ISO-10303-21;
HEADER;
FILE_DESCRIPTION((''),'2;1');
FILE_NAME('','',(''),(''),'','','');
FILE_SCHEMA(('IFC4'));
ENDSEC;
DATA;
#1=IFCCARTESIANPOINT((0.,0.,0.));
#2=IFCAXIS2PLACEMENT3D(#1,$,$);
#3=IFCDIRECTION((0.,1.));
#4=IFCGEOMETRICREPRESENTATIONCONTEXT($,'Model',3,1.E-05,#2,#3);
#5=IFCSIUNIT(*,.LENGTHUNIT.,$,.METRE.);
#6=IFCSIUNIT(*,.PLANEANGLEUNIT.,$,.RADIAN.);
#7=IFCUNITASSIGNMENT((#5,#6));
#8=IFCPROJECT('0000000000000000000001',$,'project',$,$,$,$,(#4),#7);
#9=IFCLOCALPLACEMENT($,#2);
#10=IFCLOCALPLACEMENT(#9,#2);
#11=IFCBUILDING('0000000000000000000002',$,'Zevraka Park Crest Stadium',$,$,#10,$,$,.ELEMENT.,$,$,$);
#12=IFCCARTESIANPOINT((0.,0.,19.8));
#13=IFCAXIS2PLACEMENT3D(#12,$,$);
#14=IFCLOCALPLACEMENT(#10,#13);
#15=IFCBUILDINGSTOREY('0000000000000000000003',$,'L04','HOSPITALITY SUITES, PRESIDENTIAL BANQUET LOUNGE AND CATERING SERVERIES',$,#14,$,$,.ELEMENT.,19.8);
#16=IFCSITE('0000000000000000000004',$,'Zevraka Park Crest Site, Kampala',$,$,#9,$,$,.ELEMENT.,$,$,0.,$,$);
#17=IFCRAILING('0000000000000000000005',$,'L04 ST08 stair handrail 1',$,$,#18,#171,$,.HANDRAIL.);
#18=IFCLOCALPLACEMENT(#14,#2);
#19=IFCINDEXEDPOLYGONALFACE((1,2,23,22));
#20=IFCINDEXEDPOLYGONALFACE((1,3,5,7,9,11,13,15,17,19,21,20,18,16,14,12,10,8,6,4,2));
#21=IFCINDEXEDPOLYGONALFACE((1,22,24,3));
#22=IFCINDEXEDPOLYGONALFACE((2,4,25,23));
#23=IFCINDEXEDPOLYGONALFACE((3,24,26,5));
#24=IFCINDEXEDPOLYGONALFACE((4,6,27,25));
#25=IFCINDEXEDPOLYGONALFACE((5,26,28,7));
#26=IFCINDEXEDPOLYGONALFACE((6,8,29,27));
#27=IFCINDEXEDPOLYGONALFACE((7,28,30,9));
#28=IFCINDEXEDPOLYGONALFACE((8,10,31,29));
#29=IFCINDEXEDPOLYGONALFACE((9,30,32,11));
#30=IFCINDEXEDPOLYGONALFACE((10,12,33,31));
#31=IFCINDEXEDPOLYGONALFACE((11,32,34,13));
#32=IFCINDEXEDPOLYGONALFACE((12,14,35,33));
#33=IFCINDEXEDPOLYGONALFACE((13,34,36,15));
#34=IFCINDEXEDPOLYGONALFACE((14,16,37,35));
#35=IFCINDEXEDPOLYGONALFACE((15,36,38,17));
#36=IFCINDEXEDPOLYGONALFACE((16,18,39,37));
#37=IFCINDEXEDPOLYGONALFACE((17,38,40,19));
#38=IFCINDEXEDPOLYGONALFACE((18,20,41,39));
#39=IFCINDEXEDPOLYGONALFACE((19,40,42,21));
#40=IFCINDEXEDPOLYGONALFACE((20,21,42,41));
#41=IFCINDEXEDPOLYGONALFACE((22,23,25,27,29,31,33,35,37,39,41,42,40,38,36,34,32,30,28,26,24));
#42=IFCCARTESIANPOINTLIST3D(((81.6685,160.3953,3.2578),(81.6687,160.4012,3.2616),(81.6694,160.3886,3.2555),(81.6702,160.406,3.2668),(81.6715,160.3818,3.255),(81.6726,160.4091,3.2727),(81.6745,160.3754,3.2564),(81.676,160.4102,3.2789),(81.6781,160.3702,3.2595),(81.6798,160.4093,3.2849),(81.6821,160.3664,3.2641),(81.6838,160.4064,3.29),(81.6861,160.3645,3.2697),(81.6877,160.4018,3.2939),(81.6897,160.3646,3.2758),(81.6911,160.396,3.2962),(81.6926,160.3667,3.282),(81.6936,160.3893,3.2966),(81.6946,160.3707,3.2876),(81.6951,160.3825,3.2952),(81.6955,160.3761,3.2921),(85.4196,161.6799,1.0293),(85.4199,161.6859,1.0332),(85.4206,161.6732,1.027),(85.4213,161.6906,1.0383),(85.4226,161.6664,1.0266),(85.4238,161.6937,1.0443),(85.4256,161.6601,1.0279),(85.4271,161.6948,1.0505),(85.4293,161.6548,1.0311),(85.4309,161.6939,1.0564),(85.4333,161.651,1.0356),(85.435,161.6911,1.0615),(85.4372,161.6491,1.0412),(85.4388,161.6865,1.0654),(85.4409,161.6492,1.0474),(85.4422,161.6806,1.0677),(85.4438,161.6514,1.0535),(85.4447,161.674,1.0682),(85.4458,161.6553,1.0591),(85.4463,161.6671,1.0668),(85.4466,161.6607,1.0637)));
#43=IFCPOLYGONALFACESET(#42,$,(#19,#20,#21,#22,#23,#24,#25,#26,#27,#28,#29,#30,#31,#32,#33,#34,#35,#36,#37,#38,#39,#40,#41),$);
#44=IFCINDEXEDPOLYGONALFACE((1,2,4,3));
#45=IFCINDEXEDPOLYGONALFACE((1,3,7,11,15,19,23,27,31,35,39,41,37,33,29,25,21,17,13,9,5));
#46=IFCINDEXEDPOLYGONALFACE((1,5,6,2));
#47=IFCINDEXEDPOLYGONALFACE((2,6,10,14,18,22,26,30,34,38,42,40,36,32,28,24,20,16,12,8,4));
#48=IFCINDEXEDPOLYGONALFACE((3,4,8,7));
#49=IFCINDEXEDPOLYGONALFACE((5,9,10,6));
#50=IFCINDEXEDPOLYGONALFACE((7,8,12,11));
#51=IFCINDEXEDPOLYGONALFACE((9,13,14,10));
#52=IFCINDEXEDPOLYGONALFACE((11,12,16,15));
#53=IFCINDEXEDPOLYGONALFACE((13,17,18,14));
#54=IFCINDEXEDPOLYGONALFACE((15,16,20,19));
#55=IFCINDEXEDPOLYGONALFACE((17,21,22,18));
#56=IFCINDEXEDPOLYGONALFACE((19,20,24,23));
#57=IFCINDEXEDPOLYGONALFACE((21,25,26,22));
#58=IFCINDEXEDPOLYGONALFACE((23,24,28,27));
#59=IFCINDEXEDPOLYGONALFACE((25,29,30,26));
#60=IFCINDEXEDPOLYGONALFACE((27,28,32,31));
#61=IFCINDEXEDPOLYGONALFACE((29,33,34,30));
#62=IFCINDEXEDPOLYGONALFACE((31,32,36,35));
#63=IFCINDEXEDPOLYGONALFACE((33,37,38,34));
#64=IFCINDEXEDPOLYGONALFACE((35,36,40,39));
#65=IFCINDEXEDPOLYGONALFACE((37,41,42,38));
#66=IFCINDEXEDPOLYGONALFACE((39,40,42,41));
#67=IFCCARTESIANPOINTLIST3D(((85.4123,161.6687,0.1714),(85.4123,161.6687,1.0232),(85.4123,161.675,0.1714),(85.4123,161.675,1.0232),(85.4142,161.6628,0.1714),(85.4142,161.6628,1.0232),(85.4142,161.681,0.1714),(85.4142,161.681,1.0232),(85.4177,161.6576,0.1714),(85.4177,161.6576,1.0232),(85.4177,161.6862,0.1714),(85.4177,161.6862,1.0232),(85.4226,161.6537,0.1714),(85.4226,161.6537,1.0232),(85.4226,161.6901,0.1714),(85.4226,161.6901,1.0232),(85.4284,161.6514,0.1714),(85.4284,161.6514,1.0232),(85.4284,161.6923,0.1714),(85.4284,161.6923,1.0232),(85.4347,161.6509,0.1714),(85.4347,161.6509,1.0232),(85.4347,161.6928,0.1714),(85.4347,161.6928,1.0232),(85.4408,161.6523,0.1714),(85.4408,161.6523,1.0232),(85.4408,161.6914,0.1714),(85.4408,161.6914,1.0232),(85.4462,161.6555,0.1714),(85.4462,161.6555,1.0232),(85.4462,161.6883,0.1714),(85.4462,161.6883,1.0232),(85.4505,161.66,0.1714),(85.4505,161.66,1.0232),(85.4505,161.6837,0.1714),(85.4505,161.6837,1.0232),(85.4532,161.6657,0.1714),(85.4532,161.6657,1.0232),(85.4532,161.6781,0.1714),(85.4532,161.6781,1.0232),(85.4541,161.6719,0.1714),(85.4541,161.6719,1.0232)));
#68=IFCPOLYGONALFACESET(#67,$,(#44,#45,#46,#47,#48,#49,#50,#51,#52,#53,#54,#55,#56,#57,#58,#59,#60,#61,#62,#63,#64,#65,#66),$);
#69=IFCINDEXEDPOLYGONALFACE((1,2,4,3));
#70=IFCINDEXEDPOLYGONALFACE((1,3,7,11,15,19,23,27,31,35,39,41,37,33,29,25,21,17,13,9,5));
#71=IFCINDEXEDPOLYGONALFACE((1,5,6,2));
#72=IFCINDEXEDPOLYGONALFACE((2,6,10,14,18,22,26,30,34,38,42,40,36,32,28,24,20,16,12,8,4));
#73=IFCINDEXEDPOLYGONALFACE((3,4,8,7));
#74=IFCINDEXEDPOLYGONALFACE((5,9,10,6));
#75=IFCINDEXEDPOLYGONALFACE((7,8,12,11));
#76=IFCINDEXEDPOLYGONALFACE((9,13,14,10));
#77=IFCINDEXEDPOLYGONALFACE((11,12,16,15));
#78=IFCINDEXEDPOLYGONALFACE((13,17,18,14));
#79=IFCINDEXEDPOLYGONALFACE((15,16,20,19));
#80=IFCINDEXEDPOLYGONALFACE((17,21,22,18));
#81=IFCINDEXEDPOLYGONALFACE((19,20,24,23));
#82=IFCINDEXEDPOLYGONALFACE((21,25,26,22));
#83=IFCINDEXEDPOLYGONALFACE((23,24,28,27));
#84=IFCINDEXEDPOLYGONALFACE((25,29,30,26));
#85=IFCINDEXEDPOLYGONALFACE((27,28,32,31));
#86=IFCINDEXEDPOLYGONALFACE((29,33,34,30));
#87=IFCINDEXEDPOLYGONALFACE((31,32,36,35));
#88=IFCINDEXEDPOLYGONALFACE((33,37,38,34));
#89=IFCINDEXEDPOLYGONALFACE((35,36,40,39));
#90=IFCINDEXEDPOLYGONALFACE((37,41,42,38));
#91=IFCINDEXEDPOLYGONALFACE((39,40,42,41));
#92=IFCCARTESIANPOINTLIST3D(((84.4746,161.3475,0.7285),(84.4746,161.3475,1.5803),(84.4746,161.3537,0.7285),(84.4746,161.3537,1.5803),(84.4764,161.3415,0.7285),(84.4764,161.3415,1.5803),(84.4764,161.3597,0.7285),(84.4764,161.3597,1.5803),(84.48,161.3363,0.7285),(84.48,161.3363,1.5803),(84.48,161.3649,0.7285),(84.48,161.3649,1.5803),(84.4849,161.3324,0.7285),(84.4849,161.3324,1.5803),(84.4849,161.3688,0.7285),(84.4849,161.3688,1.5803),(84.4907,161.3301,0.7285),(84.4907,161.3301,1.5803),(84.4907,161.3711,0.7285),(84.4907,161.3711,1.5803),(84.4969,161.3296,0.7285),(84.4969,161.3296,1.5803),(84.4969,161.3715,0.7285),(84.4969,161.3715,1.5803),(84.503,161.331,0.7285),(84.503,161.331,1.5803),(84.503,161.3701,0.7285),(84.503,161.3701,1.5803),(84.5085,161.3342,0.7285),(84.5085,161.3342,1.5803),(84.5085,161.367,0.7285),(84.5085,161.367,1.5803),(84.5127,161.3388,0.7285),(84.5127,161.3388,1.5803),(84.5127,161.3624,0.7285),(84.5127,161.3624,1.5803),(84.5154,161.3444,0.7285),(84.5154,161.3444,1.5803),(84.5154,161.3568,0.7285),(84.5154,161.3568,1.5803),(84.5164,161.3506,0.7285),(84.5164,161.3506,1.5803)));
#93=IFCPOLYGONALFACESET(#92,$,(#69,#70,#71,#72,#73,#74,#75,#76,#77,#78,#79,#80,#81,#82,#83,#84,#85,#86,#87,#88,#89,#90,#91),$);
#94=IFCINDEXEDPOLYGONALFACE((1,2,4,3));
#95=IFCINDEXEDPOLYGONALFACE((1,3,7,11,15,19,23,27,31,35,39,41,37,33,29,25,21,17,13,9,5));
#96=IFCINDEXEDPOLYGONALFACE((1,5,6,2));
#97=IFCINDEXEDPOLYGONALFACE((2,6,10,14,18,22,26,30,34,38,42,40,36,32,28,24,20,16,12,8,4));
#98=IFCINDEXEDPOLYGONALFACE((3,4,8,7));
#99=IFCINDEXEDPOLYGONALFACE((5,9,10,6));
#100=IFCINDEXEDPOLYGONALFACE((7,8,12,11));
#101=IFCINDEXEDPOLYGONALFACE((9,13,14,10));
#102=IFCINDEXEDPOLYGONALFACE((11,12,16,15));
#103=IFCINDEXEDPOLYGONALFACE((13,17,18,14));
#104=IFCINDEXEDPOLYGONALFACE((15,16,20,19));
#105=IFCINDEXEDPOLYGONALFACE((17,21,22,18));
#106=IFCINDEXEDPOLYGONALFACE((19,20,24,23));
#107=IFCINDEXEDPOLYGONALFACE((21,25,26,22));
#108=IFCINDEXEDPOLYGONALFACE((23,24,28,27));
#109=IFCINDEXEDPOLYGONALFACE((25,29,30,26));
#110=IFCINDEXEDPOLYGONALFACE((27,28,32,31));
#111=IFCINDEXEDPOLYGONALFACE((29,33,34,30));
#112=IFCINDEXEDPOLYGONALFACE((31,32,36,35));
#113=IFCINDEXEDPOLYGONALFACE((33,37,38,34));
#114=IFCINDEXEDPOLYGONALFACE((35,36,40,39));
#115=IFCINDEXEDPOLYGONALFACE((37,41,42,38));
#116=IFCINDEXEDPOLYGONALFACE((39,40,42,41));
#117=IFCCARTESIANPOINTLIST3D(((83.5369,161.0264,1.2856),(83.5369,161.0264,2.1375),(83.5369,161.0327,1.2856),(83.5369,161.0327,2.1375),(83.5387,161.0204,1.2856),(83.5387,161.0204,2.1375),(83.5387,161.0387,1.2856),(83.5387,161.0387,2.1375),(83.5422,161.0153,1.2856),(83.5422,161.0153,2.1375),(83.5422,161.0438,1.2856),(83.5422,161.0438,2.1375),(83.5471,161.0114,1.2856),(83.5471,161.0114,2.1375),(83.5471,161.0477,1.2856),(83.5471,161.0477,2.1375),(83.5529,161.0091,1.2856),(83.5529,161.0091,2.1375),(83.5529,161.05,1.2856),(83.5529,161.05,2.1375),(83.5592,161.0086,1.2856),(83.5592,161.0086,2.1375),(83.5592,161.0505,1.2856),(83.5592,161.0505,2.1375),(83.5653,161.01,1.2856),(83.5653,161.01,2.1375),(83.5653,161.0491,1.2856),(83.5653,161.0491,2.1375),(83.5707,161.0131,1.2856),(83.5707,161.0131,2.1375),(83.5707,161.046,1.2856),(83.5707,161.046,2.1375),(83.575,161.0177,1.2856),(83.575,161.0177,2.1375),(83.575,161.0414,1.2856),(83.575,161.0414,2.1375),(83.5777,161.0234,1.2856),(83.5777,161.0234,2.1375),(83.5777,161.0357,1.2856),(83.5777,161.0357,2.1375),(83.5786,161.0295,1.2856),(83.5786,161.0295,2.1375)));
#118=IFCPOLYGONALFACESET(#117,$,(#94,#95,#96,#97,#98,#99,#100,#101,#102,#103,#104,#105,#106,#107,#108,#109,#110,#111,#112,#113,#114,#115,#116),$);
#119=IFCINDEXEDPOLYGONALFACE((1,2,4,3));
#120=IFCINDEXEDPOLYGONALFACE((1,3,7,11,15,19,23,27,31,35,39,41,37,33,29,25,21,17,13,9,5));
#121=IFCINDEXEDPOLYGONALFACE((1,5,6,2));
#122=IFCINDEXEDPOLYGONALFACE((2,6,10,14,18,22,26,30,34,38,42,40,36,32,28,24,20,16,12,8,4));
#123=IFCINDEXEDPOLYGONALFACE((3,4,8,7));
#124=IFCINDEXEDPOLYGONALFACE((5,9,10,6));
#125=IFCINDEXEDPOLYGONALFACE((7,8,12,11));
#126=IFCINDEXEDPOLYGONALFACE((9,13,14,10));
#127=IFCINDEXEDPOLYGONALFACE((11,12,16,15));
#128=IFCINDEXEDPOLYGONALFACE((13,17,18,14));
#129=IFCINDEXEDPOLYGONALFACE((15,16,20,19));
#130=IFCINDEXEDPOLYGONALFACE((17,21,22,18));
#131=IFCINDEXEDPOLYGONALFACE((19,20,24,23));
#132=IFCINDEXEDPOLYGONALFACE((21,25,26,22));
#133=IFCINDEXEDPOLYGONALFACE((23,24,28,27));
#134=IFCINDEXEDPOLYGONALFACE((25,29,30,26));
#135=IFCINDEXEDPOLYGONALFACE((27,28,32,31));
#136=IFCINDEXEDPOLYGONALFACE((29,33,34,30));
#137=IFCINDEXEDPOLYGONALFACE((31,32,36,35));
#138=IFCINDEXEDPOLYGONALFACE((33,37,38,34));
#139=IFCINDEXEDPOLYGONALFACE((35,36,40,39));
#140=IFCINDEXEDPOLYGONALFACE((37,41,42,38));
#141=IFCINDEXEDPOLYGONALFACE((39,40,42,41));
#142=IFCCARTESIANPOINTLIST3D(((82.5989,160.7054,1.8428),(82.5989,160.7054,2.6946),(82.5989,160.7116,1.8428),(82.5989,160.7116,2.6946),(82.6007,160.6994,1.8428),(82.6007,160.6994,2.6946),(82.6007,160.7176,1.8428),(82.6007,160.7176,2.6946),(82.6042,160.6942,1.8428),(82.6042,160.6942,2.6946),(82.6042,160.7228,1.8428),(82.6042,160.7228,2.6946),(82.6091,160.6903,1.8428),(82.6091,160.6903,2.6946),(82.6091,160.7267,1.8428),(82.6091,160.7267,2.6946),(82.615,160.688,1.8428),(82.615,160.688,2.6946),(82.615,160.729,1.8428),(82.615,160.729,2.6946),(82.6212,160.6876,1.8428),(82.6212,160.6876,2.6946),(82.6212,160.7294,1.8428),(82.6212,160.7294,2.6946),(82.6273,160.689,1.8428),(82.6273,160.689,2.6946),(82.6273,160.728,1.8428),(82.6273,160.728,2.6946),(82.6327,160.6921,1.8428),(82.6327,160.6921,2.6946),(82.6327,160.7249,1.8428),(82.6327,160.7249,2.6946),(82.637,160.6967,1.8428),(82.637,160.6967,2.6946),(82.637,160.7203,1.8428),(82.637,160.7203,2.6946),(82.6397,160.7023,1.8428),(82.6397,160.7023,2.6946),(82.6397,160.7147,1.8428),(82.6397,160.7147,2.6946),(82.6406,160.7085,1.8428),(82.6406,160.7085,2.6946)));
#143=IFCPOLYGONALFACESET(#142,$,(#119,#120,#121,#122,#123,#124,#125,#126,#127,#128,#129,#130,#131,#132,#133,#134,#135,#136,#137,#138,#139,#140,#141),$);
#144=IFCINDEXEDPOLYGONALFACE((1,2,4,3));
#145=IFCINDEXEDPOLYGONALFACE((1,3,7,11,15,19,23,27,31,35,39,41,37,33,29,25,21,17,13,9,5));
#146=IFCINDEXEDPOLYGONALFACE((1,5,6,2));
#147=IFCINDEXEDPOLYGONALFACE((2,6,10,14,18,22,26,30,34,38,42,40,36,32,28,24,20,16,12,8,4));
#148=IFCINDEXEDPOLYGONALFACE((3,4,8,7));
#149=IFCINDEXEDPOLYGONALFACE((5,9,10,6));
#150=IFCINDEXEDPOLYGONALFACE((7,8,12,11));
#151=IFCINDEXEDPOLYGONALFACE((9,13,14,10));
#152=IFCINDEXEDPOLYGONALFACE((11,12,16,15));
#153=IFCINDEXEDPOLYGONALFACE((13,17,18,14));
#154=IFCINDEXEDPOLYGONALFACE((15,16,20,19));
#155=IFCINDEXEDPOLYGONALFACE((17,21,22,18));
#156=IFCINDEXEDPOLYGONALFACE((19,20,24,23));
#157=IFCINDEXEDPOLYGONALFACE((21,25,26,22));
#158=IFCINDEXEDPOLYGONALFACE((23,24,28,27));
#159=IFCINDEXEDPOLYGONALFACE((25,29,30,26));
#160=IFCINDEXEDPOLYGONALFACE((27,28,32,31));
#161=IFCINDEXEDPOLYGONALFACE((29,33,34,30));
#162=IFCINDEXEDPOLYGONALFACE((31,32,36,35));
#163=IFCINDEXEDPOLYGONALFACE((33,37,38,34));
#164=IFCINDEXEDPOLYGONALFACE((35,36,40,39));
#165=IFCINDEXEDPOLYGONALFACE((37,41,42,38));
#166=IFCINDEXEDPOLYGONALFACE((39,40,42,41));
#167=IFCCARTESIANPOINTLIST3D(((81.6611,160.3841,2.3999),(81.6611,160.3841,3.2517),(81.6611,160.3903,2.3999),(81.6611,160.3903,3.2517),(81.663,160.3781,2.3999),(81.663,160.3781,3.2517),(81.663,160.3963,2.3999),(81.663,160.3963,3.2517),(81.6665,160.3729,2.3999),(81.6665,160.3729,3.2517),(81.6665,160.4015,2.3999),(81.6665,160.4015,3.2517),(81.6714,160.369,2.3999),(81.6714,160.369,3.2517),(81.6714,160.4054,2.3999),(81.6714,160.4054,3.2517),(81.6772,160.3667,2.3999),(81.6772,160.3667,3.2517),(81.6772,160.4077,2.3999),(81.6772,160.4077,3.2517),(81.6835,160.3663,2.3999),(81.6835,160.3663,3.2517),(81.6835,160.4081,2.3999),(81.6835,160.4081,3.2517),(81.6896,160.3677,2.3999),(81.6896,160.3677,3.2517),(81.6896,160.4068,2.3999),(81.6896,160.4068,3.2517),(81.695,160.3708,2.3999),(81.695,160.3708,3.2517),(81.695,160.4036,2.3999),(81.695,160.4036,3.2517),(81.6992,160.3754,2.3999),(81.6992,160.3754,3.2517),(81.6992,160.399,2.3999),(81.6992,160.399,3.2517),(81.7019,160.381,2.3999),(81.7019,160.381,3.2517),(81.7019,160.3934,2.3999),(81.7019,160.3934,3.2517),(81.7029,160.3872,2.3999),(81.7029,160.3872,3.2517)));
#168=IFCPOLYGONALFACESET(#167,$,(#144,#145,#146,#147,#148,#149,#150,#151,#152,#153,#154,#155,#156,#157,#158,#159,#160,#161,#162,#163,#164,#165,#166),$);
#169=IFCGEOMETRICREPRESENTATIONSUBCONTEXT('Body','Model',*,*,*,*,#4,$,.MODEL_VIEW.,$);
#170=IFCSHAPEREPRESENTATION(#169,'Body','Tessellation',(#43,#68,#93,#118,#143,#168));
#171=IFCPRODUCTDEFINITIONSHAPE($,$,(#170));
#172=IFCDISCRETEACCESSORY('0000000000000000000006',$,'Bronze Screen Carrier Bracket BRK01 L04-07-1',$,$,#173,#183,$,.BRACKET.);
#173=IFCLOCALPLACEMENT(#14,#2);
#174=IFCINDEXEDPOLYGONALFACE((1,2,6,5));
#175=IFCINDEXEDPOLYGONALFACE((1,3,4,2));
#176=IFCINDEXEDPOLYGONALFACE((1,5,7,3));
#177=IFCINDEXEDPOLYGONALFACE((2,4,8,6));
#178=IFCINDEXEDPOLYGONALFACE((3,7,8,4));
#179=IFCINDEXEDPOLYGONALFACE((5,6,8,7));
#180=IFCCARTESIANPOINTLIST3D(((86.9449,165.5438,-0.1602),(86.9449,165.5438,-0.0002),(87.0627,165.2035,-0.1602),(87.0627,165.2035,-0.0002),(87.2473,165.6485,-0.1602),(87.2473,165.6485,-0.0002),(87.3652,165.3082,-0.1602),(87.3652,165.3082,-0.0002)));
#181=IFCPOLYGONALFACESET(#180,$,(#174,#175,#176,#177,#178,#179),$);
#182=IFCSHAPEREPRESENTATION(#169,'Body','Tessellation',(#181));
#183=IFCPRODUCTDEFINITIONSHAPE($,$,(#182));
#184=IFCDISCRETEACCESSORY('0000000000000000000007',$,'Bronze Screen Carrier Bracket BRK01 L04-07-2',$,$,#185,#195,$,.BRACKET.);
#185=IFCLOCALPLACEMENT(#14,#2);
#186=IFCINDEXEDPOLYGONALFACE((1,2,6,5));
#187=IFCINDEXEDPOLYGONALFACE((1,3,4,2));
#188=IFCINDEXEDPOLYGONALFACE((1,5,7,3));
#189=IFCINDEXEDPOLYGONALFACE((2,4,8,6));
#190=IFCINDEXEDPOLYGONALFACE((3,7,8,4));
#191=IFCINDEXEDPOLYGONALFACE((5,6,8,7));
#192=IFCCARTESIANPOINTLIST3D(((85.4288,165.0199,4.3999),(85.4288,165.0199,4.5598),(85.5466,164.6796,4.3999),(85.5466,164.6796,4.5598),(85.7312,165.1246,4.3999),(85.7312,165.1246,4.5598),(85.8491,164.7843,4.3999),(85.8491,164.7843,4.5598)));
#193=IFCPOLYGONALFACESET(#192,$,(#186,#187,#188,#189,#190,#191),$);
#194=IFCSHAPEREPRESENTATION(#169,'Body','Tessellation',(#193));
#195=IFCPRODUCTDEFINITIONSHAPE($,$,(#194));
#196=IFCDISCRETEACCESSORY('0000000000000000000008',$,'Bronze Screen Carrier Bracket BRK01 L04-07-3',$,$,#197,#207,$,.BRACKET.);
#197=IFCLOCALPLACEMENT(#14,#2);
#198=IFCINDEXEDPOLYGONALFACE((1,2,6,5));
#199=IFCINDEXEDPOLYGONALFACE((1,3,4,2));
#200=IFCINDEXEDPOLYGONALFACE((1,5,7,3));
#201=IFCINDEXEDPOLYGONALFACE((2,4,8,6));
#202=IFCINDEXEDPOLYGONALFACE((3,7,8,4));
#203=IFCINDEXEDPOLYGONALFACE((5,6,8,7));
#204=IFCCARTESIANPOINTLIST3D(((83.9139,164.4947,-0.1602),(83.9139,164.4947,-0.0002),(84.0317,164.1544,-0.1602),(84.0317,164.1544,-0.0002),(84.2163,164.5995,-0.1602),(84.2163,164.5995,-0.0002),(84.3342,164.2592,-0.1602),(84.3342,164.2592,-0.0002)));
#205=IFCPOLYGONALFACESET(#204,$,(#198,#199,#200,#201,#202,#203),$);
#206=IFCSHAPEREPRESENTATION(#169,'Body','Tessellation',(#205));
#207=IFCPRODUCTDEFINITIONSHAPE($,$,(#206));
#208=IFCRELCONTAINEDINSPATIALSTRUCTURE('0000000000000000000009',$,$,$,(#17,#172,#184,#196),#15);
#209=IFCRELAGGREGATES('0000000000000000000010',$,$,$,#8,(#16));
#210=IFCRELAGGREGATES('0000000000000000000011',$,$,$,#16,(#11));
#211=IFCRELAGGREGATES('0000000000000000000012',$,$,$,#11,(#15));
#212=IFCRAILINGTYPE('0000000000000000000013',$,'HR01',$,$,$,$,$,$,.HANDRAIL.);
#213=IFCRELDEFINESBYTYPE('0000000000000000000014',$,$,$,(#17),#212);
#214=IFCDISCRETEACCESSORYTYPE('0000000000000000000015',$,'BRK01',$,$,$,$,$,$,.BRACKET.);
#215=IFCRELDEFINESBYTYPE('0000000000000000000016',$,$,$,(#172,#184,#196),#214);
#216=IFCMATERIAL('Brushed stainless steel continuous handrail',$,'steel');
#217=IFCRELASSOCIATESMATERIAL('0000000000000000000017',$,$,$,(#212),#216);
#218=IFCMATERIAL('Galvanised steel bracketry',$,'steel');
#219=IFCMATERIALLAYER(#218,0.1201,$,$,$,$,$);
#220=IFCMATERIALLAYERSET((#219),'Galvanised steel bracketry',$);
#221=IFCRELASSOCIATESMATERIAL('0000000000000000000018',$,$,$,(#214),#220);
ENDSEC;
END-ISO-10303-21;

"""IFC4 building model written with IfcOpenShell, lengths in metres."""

from ifc_helpers import new_model, si_unit, direction, frame, origin, origin_2d, place, context, subcontext, project, spatial, rectangle, circle, extrude, material, layer, layer_set, type_object, element, save


model = new_model("IFC4")

# Units and contexts
model_context = context("Model", 3, precision=1e-05, world=origin(), true_north=direction((0.0, 1.0)))
body_context = subcontext(model_context, "Body", "Model", "MODEL_VIEW")
ifc_project = project(units=[si_unit("LENGTHUNIT", "METRE"), si_unit("PLANEANGLEUNIT", "RADIAN")], contexts=[model_context])

# Site, building, storey
site_placement = place(None, origin())
site = spatial("IfcSite", under=ifc_project, at=site_placement, Name="Zevraka Park Crest Site, Kampala", CompositionType="ELEMENT", RefElevation=0.0)
building_placement = place(site_placement, origin())
building = spatial("IfcBuilding", under=site, at=building_placement, Name="Zevraka Park Crest Stadium", CompositionType="ELEMENT")
storey_placement = place(building_placement, frame((0.0, 0.0, 19.8)))
storey = spatial("IfcBuildingStorey", under=building, at=storey_placement, Name="L04", Description="HOSPITALITY SUITES, PRESIDENTIAL BANQUET LOUNGE AND CATERING SERVERIES", CompositionType="ELEMENT", Elevation=19.8)

# Railing
ifc_material_1 = material(Name="Brushed stainless steel continuous handrail", Category="steel")
railing_type = type_object("IfcRailingType", Name="HR01", PredefinedType="HANDRAIL", material=ifc_material_1)
railing_placement = place(storey_placement, frame((85.4331, 161.6719, 0.1714)))
element("IfcRailing", 1, at=railing_placement, inside=storey, type_object=railing_type, Name="L04 ST08 stair handrail 1", PredefinedType="HANDRAIL", context=body_context, shape_type="SweptSolid", body=[
    extrude(circle(Radius=0.0239, at=origin_2d()), frame((0.0, 0.0, 0.876), z_axis=(-0.824727, -0.282441, 0.489952), x_axis=(0.323994, -0.946059, 0.0)), (0.0, 0.0, 1.0), 4.5483),
    extrude(circle(Radius=0.021, at=origin_2d()), origin(), (0.0, 0.0, 1.0), 0.8518),
    extrude(circle(Radius=0.021, at=origin_2d()), frame((-0.9377, -0.3213, 0.5571)), (0.0, 0.0, 1.0), 0.8518),
    extrude(circle(Radius=0.021, at=origin_2d()), frame((-1.8755, -0.6423, 1.1143)), (0.0, 0.0, 1.0), 0.8518),
    extrude(circle(Radius=0.021, at=origin_2d()), frame((-2.8135, -0.9634, 1.6714)), (0.0, 0.0, 1.0), 0.8518),
    extrude(circle(Radius=0.021, at=origin_2d()), frame((-3.7512, -1.2847, 2.2285)), (0.0, 0.0, 1.0), 0.8518),
])

# Discrete accessories
ifc_material_2 = material(Name="Galvanised steel bracketry", Category="steel")
ifc_layer_1 = layer(ifc_material_2, 0.1201)
ifc_layer_set_1 = layer_set([ifc_layer_1], Name="Galvanised steel bracketry")
discrete_accessory_type = type_object("IfcDiscreteAccessoryType", Name="BRK01", PredefinedType="BRACKET", material=ifc_layer_set_1)
for number, where, z_axis, x_axis, name in (
    (2, (87.155, 165.426, -0.1602), (0.0, 0.0, 1.0), (-0.944949, -0.327218, 0.0), "Bronze Screen Carrier Bracket BRK01 L04-07-1"),
    (3, (85.6389, 164.9021, 4.3999), (0.0, 0.0, 1.0), (-0.944949, -0.327218, 0.0), "Bronze Screen Carrier Bracket BRK01 L04-07-2"),
    (4, (84.124, 164.377, -0.1602), (0.0, 0.0, 1.0), (-0.944949, -0.327218, 0.0), "Bronze Screen Carrier Bracket BRK01 L04-07-3"),
):
    element("IfcDiscreteAccessory", number, at=place(storey_placement, frame(where, z_axis=z_axis, x_axis=x_axis)), inside=storey, type_object=discrete_accessory_type, Name=name, PredefinedType="BRACKET", context=body_context, shape_type="SweptSolid", body=[
        extrude(rectangle(XDim=0.3201, YDim=0.3601, at=origin_2d()), origin(), (0.0, 0.0, 1.0), 0.1599),
    ])

save(model, "model.ifc")
